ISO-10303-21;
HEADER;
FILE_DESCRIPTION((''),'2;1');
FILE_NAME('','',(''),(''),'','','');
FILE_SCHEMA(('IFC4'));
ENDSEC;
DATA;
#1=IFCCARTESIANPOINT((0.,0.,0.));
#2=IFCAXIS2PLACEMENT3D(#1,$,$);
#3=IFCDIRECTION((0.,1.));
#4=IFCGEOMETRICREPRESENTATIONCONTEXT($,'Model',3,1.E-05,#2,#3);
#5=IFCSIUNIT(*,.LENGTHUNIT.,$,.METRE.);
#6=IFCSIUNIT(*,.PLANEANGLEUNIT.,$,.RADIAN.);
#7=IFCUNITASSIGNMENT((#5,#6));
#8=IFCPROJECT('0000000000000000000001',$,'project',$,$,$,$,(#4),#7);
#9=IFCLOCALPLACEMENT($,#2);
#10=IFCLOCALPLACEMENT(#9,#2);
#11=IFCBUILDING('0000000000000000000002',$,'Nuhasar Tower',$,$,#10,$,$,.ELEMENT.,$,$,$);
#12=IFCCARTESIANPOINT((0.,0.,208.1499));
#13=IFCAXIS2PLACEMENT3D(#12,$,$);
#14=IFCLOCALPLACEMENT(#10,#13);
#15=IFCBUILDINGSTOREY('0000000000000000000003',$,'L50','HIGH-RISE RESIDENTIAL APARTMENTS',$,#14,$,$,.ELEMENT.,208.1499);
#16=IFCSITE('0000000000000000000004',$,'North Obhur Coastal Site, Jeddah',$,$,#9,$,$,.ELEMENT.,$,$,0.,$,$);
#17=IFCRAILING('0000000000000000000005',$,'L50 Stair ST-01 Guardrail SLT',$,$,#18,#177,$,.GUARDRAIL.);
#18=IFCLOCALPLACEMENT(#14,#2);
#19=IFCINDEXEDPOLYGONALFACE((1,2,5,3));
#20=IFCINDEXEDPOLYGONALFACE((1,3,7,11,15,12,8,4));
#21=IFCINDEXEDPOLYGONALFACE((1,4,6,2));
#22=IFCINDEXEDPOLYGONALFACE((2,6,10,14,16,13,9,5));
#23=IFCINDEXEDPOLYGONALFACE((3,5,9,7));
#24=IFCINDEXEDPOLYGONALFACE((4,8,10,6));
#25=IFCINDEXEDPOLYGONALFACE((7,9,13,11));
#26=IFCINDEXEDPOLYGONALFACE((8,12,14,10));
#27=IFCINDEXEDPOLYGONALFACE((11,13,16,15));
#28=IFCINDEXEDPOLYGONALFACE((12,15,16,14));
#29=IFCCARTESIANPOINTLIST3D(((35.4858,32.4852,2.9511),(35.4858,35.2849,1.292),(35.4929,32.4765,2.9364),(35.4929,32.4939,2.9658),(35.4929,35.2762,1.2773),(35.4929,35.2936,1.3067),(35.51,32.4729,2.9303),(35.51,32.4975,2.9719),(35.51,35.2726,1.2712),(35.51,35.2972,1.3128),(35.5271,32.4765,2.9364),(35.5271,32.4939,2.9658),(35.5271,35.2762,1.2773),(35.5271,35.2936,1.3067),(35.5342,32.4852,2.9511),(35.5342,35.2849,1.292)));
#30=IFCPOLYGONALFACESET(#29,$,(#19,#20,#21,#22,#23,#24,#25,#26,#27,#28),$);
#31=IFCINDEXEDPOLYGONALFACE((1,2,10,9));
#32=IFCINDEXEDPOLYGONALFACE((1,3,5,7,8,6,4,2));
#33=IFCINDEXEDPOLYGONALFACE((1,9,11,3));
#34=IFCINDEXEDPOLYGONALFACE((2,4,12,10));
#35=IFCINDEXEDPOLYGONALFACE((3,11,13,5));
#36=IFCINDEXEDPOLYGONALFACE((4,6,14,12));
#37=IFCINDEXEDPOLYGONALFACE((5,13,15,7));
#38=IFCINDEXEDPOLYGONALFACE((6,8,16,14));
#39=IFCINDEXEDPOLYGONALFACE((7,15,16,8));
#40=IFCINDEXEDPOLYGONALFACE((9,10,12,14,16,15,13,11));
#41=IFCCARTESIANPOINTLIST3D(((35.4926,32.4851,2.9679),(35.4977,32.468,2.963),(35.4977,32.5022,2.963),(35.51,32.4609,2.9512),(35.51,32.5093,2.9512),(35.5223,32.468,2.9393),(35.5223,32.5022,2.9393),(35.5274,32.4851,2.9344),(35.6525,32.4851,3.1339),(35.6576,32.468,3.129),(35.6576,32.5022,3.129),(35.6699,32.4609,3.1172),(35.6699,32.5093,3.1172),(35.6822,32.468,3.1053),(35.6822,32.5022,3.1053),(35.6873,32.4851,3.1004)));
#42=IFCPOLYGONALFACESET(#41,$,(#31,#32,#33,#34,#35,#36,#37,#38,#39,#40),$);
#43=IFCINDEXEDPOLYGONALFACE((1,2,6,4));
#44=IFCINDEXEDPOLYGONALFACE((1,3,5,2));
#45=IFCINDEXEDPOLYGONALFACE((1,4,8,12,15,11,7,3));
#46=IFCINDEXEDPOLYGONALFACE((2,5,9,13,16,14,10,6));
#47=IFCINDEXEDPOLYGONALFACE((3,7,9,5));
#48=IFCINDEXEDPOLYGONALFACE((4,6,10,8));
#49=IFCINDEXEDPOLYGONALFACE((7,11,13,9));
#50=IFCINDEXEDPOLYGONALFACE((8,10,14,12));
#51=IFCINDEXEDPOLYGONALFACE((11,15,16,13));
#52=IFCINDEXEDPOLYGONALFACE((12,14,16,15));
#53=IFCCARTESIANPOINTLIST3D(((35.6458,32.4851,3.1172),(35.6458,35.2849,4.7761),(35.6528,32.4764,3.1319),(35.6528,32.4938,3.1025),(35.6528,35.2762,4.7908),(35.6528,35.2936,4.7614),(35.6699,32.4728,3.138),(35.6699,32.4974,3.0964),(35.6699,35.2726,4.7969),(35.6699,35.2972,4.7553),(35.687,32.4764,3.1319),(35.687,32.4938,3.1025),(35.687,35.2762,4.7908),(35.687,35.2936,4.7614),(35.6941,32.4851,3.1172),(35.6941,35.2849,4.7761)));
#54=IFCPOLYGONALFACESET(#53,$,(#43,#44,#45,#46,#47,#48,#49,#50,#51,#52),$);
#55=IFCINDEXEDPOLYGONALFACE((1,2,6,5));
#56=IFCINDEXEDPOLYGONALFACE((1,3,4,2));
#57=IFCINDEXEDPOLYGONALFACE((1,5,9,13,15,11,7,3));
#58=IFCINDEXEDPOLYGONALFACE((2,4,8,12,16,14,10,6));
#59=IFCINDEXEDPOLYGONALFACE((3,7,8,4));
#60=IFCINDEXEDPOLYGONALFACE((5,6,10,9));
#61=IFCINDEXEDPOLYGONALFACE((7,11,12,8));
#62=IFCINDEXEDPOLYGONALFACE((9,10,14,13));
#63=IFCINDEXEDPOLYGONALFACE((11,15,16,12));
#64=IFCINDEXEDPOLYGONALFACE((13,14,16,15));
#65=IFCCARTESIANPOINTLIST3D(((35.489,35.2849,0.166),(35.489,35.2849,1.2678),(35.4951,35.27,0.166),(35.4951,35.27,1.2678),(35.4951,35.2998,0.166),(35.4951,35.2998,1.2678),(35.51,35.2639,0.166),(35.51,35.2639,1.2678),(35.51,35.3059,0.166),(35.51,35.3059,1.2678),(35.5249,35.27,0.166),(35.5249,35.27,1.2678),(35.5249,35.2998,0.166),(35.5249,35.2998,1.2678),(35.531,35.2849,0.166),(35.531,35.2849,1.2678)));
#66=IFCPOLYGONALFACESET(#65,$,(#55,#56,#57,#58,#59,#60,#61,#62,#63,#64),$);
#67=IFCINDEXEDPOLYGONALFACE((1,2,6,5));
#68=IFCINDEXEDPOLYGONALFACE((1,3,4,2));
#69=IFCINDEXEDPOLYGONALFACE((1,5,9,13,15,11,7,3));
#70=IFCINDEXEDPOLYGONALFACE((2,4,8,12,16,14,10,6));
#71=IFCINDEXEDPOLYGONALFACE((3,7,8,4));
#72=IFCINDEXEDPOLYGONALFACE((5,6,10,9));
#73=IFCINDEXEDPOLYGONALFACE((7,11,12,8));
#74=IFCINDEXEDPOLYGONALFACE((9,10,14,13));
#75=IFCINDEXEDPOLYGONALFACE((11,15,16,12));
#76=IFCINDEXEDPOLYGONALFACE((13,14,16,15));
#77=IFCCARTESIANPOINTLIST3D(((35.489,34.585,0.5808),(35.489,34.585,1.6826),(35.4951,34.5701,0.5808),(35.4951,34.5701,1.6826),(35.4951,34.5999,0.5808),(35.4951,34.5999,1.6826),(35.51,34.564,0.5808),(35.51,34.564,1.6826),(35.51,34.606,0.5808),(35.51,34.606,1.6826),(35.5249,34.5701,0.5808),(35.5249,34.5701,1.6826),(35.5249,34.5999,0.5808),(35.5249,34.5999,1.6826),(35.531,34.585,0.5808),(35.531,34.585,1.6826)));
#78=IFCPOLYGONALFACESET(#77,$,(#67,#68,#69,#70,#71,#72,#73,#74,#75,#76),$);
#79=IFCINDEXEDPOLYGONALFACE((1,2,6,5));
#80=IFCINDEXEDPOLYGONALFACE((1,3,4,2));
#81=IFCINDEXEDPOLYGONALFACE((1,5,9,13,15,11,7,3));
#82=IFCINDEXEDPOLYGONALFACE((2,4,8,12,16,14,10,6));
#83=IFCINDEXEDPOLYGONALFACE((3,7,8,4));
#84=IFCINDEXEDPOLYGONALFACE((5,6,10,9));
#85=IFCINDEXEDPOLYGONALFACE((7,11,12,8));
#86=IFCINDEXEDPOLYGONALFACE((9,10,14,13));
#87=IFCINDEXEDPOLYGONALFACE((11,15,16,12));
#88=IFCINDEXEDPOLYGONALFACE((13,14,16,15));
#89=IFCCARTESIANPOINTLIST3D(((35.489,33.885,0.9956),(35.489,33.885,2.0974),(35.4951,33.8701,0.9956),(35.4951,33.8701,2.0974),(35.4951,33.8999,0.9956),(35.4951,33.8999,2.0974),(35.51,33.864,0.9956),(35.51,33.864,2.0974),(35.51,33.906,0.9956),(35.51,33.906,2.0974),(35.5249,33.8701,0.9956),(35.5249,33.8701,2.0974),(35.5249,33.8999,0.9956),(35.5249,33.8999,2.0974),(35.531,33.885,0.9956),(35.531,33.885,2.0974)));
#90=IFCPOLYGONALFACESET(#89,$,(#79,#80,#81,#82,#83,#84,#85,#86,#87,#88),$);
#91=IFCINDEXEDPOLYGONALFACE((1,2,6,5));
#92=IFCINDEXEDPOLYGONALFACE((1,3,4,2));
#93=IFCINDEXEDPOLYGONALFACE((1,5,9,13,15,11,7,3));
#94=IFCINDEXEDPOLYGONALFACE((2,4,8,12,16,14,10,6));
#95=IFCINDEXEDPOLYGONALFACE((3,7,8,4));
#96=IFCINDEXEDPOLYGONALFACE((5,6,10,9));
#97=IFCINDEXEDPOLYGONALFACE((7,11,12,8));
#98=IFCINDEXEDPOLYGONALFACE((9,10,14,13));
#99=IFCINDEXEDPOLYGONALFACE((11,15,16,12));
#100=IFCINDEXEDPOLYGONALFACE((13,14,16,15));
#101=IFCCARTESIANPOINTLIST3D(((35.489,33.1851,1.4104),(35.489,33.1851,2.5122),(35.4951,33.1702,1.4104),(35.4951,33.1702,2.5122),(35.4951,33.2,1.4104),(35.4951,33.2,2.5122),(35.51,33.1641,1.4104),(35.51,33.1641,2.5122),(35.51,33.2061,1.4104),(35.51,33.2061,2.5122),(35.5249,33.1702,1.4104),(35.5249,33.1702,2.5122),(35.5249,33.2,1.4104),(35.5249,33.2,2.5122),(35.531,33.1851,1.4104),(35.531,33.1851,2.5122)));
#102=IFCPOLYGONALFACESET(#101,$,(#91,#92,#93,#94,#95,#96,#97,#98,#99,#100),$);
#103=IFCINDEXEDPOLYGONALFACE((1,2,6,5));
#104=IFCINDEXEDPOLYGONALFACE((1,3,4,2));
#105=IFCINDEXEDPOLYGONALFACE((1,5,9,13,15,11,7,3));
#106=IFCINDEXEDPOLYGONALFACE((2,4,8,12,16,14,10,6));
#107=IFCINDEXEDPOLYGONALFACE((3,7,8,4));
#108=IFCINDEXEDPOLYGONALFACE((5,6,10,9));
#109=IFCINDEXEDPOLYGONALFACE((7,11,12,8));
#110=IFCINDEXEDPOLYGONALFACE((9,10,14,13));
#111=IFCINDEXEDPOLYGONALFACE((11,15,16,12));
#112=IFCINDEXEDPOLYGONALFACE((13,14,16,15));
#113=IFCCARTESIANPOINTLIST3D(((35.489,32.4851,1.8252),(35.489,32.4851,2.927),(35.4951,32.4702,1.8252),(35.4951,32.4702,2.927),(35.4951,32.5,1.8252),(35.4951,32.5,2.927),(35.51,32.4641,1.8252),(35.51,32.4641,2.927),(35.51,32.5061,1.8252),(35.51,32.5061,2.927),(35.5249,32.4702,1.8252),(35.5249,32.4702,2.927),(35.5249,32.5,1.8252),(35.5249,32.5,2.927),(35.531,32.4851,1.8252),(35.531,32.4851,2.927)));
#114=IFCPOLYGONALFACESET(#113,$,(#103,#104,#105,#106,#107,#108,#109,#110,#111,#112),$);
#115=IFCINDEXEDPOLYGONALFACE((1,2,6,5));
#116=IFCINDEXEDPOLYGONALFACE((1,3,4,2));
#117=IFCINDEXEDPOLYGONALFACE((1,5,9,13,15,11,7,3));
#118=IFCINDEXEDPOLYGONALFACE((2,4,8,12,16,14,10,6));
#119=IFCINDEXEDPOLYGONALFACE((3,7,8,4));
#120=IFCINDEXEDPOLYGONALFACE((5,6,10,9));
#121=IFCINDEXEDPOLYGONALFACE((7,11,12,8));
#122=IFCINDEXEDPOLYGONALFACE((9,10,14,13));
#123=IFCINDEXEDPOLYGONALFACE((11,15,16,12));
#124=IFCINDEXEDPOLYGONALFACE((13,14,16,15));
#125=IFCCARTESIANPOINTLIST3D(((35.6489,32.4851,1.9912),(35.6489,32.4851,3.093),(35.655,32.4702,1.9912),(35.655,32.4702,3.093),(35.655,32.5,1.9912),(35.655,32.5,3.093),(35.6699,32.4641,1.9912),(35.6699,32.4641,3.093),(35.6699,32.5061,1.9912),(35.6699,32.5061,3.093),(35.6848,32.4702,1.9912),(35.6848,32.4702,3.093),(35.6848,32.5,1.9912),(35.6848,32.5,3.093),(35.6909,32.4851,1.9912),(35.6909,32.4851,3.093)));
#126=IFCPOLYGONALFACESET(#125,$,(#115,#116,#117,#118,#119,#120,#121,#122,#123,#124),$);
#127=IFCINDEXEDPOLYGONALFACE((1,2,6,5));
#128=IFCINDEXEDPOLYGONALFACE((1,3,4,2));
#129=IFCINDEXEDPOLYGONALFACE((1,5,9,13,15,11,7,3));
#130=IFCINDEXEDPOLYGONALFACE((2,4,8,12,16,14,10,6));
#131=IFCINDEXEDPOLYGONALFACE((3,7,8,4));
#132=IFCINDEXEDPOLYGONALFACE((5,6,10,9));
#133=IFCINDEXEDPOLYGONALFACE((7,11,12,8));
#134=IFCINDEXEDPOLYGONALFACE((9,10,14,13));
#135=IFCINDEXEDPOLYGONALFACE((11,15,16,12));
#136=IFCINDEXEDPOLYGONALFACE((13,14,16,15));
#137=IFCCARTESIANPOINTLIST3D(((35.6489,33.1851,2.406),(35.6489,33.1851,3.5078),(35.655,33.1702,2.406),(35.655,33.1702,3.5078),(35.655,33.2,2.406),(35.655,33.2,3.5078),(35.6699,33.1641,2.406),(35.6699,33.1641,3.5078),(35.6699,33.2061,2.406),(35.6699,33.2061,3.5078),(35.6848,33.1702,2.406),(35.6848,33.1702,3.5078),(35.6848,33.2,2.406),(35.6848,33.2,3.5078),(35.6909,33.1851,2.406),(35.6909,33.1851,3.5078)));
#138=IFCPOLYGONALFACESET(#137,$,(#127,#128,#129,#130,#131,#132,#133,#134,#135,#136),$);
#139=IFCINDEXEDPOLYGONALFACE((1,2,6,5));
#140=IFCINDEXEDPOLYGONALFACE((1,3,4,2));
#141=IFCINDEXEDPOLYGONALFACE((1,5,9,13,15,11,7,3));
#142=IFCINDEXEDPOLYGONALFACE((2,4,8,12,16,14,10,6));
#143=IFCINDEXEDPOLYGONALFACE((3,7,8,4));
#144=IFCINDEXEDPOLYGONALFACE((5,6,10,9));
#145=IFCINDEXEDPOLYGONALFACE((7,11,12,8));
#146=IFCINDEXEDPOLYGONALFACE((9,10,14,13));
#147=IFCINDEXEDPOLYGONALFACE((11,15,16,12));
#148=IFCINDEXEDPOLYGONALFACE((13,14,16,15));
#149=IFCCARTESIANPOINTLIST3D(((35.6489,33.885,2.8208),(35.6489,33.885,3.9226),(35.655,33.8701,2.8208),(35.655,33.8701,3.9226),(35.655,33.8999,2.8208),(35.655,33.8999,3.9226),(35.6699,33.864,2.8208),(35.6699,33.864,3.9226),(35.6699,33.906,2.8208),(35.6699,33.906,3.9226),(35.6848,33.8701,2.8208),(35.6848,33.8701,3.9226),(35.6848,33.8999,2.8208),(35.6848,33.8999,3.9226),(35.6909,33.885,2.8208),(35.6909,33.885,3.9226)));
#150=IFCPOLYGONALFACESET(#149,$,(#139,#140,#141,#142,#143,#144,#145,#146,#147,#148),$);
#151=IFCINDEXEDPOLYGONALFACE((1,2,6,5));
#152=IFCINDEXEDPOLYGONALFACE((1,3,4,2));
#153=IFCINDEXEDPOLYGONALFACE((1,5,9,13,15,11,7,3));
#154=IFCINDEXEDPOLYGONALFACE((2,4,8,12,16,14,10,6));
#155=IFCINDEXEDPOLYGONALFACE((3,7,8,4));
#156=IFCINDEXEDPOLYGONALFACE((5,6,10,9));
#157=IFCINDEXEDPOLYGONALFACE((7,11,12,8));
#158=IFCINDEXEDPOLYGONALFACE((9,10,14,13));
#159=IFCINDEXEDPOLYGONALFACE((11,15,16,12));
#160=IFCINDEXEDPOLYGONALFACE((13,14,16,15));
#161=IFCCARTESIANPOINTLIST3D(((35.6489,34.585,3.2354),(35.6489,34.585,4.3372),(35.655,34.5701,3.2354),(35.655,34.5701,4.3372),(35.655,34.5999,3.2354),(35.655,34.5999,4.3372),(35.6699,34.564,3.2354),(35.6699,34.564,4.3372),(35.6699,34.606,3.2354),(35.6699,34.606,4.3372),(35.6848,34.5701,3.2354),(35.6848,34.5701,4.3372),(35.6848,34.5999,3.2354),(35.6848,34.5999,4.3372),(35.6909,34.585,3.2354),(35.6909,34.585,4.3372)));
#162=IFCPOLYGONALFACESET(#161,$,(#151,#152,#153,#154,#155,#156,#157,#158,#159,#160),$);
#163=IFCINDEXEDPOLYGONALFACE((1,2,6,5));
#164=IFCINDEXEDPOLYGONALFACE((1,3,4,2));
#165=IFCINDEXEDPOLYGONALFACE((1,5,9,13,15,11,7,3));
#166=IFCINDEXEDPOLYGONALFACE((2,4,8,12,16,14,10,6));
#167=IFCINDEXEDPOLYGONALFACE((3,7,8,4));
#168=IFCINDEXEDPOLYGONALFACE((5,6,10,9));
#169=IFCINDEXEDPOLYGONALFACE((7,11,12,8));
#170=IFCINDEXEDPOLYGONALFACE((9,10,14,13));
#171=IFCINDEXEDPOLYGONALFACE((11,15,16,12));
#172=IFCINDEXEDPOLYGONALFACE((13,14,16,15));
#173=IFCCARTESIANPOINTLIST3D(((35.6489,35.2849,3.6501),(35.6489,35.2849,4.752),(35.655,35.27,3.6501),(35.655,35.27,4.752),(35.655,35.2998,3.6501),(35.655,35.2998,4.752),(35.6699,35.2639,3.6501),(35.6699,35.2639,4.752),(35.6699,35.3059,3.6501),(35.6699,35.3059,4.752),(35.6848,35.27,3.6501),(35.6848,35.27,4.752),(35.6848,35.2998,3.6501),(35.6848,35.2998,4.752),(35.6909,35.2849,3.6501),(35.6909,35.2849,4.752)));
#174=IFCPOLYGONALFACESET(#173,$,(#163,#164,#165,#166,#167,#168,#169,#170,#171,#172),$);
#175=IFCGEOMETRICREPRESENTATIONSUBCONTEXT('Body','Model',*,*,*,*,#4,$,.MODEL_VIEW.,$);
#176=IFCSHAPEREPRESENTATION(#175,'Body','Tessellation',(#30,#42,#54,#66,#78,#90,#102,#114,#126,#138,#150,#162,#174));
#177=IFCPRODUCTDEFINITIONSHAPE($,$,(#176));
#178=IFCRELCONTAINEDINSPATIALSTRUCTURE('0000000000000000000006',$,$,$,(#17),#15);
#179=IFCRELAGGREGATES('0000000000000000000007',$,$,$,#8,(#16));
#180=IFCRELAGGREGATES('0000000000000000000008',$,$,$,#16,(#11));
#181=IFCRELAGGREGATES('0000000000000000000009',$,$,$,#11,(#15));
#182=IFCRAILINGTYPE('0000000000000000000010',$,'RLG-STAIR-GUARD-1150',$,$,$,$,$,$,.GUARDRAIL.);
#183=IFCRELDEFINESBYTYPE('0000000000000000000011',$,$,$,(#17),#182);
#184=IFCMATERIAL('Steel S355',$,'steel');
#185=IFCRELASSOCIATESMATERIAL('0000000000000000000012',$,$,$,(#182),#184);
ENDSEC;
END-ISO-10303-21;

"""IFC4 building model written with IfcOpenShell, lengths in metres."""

from ifc_helpers import new_model, si_unit, direction, frame, origin, place, context, subcontext, project, spatial, polyline, outline, extrude, material, type_object, element, save


model = new_model("IFC4")

# Units and contexts
model_context = context("Model", 3, precision=1e-05, world=origin(), true_north=direction((0.0, 1.0)))
body_context = subcontext(model_context, "Body", "Model", "MODEL_VIEW")
ifc_project = project(units=[si_unit("LENGTHUNIT", "METRE"), si_unit("PLANEANGLEUNIT", "RADIAN")], contexts=[model_context])

# Site, building, storey
site_placement = place(None, origin())
site = spatial("IfcSite", under=ifc_project, at=site_placement, Name="North Obhur Coastal Site, Jeddah", CompositionType="ELEMENT", RefElevation=0.0)
building_placement = place(site_placement, origin())
building = spatial("IfcBuilding", under=site, at=building_placement, Name="Nuhasar Tower", CompositionType="ELEMENT")
storey_placement = place(building_placement, frame((0.0, 0.0, 208.1499)))
storey = spatial("IfcBuildingStorey", under=building, at=storey_placement, Name="L50", Description="HIGH-RISE RESIDENTIAL APARTMENTS", CompositionType="ELEMENT", Elevation=208.1499)

# Shared definitions
ifc_material_1 = material(Name="Steel S355", Category="steel")

# Railing
railing_type_1 = type_object("IfcRailingType", Name="RLG-STAIR-GUARD-1150", PredefinedType="GUARDRAIL", material=ifc_material_1)
railing_1_placement = place(storey_placement, frame((35.51, 35.2849, 0.166)))
element("IfcRailing", 1, at=railing_1_placement, inside=storey, type_object=railing_type_1, Name="L50 Stair ST-01 Guardrail SLT", PredefinedType="GUARDRAIL", context=body_context, shape_type="SweptSolid", body=[
    extrude(outline(polyline([(0.0242, 0.0), (0.0171, 0.0171), (0.0, 0.0242), (-0.0171, 0.0171), (-0.0242, 0.0), (-0.0171, -0.0171), (0.0, -0.0242), (0.0171, -0.0171), (0.0242, 0.0)])), frame((0.0, 0.0, 1.126), z_axis=(0.0, -0.860287, 0.509811), x_axis=(1.0, 0.0, 0.0)), (0.0, 0.0, 1.0), 3.2544),
    extrude(outline(polyline([(0.0242, 0.0), (0.0171, 0.0171), (0.0, 0.0242), (-0.0171, 0.0171), (-0.0242, 0.0), (-0.0171, -0.0171), (0.0, -0.0242), (0.0171, -0.0171), (0.0242, 0.0)])), frame((0.0, -2.7998, 2.7852), z_axis=(0.693743, 0.0, 0.720222), x_axis=(0.0, 1.0, 0.0)), (0.0, 0.0, 1.0), 0.2305),
    extrude(outline(polyline([(0.0242, 0.0), (0.0171, 0.0171), (0.0, 0.0242), (-0.0171, 0.0171), (-0.0242, 0.0), (-0.0171, -0.0171), (0.0, -0.0242), (0.0171, -0.0171), (0.0242, 0.0)])), frame((0.1599, -2.7998, 2.9512), z_axis=(0.0, 0.86032, 0.509755), x_axis=(-1.0, 0.0, 0.0)), (0.0, 0.0, 1.0), 3.2544),
    extrude(outline(polyline([(0.021, 0.0), (0.0149, 0.0149), (0.0, 0.021), (-0.0149, 0.0149), (-0.021, 0.0), (-0.0149, -0.0149), (0.0, -0.021), (0.0149, -0.0149), (0.021, 0.0)])), origin(), (0.0, 0.0, 1.0), 1.1018),
    extrude(outline(polyline([(0.021, 0.0), (0.0149, 0.0149), (0.0, 0.021), (-0.0149, 0.0149), (-0.021, 0.0), (-0.0149, -0.0149), (0.0, -0.021), (0.0149, -0.0149), (0.021, 0.0)])), frame((0.0, -0.7, 0.4148)), (0.0, 0.0, 1.0), 1.1018),
    extrude(outline(polyline([(0.021, 0.0), (0.0149, 0.0149), (0.0, 0.021), (-0.0149, 0.0149), (-0.021, 0.0), (-0.0149, -0.0149), (0.0, -0.021), (0.0149, -0.0149), (0.021, 0.0)])), frame((0.0, -1.3999, 0.8296)), (0.0, 0.0, 1.0), 1.1018),
    extrude(outline(polyline([(0.021, 0.0), (0.0149, 0.0149), (0.0, 0.021), (-0.0149, 0.0149), (-0.021, 0.0), (-0.0149, -0.0149), (0.0, -0.021), (0.0149, -0.0149), (0.021, 0.0)])), frame((0.0, -2.0999, 1.2444)), (0.0, 0.0, 1.0), 1.1018),
    extrude(outline(polyline([(0.021, 0.0), (0.0149, 0.0149), (0.0, 0.021), (-0.0149, 0.0149), (-0.021, 0.0), (-0.0149, -0.0149), (0.0, -0.021), (0.0149, -0.0149), (0.021, 0.0)])), frame((0.0, -2.7998, 1.6592)), (0.0, 0.0, 1.0), 1.1018),
    extrude(outline(polyline([(0.021, 0.0), (0.0149, 0.0149), (0.0, 0.021), (-0.0149, 0.0149), (-0.021, 0.0), (-0.0149, -0.0149), (0.0, -0.021), (0.0149, -0.0149), (0.021, 0.0)])), frame((0.1599, -2.7998, 1.8252)), (0.0, 0.0, 1.0), 1.1018),
    extrude(outline(polyline([(0.021, 0.0), (0.0149, 0.0149), (0.0, 0.021), (-0.0149, 0.0149), (-0.021, 0.0), (-0.0149, -0.0149), (0.0, -0.021), (0.0149, -0.0149), (0.021, 0.0)])), frame((0.1599, -2.0999, 2.24)), (0.0, 0.0, 1.0), 1.1018),
    extrude(outline(polyline([(0.021, 0.0), (0.0149, 0.0149), (0.0, 0.021), (-0.0149, 0.0149), (-0.021, 0.0), (-0.0149, -0.0149), (0.0, -0.021), (0.0149, -0.0149), (0.021, 0.0)])), frame((0.1599, -1.3999, 2.6548)), (0.0, 0.0, 1.0), 1.1018),
    extrude(outline(polyline([(0.021, 0.0), (0.0149, 0.0149), (0.0, 0.021), (-0.0149, 0.0149), (-0.021, 0.0), (-0.0149, -0.0149), (0.0, -0.021), (0.0149, -0.0149), (0.021, 0.0)])), frame((0.1599, -0.7, 3.0693)), (0.0, 0.0, 1.0), 1.1018),
    extrude(outline(polyline([(0.021, 0.0), (0.0149, 0.0149), (0.0, 0.021), (-0.0149, 0.0149), (-0.021, 0.0), (-0.0149, -0.0149), (0.0, -0.021), (0.0149, -0.0149), (0.021, 0.0)])), frame((0.1599, 0.0, 3.4841)), (0.0, 0.0, 1.0), 1.1018),
])

save(model, "model.ifc")
